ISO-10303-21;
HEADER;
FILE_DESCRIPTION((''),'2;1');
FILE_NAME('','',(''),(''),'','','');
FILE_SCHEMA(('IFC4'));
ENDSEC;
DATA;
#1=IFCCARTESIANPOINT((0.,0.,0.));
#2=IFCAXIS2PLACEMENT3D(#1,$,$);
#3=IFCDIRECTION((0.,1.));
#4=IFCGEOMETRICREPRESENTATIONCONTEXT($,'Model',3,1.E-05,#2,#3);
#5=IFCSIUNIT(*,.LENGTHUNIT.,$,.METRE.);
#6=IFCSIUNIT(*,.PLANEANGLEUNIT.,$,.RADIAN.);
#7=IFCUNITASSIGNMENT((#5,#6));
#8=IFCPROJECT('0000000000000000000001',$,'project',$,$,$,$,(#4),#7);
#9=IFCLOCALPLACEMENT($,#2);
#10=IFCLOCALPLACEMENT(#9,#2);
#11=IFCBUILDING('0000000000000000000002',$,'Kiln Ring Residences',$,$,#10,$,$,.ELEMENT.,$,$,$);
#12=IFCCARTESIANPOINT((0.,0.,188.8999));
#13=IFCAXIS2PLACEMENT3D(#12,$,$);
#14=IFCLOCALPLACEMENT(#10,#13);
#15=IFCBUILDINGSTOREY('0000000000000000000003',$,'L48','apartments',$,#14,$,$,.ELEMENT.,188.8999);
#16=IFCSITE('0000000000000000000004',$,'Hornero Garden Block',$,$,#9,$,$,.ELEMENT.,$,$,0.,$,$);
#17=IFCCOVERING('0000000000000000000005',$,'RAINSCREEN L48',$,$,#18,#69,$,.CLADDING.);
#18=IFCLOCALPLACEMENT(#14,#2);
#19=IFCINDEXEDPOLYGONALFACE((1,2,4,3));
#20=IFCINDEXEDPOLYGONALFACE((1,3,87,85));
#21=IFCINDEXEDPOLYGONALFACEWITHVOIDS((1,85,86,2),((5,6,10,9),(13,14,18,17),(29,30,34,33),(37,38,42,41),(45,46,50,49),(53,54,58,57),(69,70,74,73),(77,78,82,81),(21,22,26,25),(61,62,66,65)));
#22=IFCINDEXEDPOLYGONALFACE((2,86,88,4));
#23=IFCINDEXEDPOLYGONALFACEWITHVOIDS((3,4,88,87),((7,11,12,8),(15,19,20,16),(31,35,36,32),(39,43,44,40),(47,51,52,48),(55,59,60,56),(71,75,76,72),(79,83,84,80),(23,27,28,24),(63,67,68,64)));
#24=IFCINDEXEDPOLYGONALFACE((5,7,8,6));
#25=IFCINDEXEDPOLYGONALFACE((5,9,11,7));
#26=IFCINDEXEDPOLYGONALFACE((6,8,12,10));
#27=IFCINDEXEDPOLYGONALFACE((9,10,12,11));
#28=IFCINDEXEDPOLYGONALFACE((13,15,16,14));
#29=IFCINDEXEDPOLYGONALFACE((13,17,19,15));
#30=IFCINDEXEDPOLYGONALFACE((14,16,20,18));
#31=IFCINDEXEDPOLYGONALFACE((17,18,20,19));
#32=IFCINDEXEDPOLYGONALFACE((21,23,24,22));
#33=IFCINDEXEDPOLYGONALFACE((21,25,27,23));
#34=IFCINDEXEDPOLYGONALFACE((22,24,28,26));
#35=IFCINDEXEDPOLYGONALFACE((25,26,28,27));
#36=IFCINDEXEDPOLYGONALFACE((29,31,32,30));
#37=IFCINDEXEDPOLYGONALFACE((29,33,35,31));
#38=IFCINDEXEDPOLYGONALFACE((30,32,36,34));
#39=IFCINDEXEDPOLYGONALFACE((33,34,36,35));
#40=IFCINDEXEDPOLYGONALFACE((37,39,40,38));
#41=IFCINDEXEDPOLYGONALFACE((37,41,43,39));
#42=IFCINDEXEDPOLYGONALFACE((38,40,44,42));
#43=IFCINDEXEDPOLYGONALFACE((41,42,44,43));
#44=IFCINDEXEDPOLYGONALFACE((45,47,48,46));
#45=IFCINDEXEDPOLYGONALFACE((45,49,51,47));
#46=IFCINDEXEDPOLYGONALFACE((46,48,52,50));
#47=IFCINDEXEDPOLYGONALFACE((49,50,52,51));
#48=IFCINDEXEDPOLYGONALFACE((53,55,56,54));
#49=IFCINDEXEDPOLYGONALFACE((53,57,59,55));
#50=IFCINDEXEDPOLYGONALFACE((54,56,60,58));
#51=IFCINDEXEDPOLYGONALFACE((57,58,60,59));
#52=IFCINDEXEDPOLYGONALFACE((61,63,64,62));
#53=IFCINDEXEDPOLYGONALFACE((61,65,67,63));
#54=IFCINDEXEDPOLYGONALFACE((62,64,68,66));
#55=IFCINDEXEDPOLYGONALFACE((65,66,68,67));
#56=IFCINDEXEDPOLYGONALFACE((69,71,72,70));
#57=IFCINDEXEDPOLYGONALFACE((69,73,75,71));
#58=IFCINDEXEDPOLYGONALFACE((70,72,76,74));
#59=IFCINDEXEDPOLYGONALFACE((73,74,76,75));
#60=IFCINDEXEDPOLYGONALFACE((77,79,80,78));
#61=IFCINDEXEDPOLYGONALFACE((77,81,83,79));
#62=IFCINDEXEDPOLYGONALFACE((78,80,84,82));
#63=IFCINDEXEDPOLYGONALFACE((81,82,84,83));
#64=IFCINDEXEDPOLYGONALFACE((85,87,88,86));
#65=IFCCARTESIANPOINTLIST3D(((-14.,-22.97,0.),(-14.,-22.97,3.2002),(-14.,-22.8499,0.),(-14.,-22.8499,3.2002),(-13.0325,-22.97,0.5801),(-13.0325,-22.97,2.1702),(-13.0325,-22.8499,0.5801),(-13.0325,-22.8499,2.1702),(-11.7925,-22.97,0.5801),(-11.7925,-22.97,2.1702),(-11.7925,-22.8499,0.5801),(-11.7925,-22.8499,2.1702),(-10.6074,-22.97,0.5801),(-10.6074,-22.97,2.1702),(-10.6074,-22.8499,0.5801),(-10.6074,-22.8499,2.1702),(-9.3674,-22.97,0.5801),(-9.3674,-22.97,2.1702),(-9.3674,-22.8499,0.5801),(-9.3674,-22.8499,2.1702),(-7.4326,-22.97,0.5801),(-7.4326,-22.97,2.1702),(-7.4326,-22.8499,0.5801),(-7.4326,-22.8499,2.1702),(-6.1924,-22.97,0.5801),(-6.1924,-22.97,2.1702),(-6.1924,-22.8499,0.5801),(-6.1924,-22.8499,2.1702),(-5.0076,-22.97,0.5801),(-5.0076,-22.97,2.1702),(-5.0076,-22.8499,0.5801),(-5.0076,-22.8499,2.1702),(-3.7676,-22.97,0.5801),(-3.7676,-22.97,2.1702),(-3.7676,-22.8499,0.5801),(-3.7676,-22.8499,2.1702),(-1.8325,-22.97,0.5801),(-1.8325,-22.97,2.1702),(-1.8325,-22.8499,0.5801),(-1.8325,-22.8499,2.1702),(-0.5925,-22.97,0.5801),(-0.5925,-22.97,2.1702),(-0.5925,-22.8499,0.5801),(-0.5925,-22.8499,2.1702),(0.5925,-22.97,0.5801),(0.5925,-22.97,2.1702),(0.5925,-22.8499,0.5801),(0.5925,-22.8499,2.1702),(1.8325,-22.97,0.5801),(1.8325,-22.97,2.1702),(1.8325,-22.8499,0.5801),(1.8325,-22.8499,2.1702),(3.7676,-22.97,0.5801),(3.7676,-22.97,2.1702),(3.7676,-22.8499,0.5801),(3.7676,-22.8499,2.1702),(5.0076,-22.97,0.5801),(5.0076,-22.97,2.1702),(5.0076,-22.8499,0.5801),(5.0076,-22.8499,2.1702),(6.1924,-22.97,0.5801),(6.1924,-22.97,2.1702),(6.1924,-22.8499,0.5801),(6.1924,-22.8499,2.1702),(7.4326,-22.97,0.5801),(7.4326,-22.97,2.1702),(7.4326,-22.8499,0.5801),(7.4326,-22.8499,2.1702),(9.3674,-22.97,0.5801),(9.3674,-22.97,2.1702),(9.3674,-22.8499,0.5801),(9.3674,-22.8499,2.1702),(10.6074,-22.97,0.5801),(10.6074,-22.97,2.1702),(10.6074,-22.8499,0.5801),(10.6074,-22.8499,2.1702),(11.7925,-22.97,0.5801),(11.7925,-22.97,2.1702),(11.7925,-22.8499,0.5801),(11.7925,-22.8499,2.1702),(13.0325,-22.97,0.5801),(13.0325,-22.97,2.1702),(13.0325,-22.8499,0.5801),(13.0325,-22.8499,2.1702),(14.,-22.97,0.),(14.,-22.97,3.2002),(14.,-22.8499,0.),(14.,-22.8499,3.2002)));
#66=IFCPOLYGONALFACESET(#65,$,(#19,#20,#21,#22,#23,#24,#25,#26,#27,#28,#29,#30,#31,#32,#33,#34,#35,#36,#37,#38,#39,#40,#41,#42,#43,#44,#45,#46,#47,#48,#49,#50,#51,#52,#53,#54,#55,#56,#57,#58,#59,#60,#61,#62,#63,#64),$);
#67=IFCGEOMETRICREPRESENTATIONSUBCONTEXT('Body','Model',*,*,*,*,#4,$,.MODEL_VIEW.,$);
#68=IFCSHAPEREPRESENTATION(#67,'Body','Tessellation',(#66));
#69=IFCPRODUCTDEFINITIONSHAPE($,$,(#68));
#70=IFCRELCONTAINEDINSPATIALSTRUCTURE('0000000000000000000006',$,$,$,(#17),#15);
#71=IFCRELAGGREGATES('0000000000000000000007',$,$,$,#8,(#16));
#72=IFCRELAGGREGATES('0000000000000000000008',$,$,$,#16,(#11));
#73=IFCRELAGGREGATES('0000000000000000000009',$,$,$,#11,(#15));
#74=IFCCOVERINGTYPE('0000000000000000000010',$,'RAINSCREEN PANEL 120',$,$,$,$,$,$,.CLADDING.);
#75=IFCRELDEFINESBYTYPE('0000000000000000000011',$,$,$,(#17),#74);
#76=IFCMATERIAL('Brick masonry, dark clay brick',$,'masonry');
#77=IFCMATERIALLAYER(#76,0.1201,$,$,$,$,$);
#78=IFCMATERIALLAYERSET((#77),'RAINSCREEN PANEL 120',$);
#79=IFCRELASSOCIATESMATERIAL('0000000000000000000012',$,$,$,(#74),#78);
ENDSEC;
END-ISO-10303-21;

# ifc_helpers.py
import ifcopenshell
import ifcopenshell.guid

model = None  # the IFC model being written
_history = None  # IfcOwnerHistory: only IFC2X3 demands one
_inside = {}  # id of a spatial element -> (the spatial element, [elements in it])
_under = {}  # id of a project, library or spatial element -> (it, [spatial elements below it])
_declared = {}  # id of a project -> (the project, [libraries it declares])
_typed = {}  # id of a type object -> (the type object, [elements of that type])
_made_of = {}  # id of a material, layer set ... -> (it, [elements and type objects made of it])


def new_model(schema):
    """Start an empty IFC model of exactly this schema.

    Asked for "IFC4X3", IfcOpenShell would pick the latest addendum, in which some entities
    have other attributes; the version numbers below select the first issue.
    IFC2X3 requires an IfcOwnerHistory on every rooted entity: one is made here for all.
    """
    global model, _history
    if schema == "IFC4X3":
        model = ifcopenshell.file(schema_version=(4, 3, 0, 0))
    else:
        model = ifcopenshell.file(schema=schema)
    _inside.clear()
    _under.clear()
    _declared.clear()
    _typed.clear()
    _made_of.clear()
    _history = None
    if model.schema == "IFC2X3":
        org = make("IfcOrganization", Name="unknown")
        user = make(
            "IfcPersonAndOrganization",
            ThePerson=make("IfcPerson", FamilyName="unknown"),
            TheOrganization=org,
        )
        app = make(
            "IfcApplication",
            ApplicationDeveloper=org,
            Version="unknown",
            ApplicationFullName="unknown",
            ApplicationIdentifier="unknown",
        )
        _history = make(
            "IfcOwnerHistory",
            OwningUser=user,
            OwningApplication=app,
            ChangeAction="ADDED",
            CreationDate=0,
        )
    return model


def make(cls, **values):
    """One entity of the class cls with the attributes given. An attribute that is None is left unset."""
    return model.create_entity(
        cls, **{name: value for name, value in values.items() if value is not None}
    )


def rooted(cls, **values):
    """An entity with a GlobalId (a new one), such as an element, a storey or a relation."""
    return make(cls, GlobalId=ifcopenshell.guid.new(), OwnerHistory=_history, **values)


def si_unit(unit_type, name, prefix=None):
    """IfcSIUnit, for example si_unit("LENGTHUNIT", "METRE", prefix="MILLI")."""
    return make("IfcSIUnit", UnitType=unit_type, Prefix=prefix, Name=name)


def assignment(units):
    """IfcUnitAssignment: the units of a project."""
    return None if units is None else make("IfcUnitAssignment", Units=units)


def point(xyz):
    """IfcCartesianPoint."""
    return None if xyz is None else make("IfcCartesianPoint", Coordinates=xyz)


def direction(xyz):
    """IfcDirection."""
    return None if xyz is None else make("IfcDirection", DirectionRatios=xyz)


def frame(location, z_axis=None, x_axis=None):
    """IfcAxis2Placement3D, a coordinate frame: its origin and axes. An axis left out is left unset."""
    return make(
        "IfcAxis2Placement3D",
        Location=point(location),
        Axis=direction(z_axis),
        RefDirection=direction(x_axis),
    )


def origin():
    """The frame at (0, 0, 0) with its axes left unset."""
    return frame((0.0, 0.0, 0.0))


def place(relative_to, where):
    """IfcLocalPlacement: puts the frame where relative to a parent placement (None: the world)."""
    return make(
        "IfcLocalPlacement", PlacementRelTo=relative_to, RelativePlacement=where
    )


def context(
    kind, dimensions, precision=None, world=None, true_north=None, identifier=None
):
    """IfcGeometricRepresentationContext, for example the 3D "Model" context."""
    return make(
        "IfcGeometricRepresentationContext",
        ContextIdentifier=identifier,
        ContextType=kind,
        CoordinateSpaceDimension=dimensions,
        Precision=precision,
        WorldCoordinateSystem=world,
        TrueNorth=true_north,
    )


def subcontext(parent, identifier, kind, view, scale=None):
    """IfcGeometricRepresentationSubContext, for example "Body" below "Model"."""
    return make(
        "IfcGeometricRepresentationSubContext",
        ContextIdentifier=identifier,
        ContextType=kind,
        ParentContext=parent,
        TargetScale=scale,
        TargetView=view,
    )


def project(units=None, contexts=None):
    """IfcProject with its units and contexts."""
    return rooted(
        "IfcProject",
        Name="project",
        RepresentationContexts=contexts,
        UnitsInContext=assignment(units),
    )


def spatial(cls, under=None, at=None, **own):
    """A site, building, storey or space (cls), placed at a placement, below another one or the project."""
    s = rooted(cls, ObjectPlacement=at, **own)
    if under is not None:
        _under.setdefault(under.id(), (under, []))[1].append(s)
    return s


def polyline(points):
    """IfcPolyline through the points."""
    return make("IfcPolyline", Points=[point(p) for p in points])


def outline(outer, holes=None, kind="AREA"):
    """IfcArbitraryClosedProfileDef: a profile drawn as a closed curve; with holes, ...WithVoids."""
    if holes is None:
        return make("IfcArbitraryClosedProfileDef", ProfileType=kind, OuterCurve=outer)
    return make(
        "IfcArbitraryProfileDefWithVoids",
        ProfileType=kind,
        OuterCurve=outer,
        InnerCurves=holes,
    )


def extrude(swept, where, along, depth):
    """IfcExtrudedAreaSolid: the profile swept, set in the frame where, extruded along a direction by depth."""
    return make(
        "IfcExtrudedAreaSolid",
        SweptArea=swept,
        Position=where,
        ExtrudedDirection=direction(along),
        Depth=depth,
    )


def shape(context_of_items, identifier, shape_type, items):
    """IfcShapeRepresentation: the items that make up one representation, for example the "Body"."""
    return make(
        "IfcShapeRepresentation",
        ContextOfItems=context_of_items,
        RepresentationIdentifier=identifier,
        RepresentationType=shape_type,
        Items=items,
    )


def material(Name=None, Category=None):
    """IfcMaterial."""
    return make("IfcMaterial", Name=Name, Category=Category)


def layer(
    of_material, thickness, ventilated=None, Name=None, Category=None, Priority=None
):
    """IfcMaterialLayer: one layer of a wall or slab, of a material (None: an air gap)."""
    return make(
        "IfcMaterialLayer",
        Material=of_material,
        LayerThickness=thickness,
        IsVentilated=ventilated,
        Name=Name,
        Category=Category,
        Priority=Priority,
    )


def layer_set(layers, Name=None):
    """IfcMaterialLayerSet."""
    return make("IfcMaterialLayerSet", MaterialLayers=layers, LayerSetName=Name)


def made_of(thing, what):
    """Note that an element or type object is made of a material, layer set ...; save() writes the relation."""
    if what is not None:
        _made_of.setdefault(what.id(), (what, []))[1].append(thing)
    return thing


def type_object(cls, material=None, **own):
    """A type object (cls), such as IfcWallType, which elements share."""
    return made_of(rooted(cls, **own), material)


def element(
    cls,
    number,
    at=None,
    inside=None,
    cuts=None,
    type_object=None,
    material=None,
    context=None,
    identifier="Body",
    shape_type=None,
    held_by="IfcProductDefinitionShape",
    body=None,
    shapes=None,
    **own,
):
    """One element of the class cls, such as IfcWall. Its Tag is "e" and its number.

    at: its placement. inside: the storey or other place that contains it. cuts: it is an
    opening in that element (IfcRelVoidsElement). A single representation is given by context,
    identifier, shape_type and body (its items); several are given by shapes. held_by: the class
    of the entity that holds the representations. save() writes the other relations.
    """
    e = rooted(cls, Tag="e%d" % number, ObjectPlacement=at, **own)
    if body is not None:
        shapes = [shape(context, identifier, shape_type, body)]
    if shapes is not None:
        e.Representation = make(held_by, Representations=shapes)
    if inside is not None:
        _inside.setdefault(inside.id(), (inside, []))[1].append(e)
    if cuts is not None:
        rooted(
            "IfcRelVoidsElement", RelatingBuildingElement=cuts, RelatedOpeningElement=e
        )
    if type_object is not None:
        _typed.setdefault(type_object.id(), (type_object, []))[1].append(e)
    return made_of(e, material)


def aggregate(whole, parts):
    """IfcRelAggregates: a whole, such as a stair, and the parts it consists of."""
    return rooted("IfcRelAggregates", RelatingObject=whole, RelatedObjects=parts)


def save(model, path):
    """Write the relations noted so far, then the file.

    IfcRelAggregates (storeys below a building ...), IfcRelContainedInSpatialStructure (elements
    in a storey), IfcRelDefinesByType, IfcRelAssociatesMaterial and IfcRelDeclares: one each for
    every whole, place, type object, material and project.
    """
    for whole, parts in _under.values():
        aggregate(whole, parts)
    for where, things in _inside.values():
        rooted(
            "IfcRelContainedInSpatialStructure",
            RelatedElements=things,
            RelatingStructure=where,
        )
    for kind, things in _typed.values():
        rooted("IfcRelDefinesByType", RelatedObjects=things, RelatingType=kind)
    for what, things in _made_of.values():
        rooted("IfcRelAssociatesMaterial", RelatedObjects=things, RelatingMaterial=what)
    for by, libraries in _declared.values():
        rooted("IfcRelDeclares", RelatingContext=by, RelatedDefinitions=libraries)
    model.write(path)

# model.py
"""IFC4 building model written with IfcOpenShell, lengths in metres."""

from ifc_helpers import new_model, si_unit, direction, frame, origin, place, context, subcontext, project, spatial, polyline, outline, extrude, material, layer, layer_set, type_object, element, save


model = new_model("IFC4")

# Units and contexts
model_context = context("Model", 3, precision=1e-05, world=origin(), true_north=direction((0.0, 1.0)))
body_context = subcontext(model_context, "Body", "Model", "MODEL_VIEW")
ifc_project = project(units=[si_unit("LENGTHUNIT", "METRE"), si_unit("PLANEANGLEUNIT", "RADIAN")], contexts=[model_context])

# Site, building, storey
site_placement = place(None, origin())
site = spatial("IfcSite", under=ifc_project, at=site_placement, Name="Hornero Garden Block", CompositionType="ELEMENT", RefElevation=0.0)
building_placement = place(site_placement, origin())
building = spatial("IfcBuilding", under=site, at=building_placement, Name="Kiln Ring Residences", CompositionType="ELEMENT")
storey_placement = place(building_placement, frame((0.0, 0.0, 188.8999)))
storey = spatial("IfcBuildingStorey", under=building, at=storey_placement, Name="L48", Description="apartments", CompositionType="ELEMENT", Elevation=188.8999)

# Covering
ifc_material_1 = material(Name="Brick masonry, dark clay brick", Category="masonry")
ifc_layer_1 = layer(ifc_material_1, 0.1201)
ifc_layer_set_1 = layer_set([ifc_layer_1], Name="RAINSCREEN PANEL 120")
covering_type_1 = type_object("IfcCoveringType", Name="RAINSCREEN PANEL 120", PredefinedType="CLADDING", material=ifc_layer_set_1)
covering_1_placement = place(storey_placement, frame((-14.0, -22.9099, 0.0), z_axis=(0.0, 0.0, 1.0), x_axis=(1.0, 0.0, 0.0)))
element("IfcCovering", 1, at=covering_1_placement, inside=storey, type_object=covering_type_1, Name="RAINSCREEN L48", PredefinedType="CLADDING", context=body_context, shape_type="SweptSolid", body=[
    extrude(outline(polyline([(0.0, 0.0), (28.0, 0.0), (28.0, 3.2002), (0.0, 3.2002), (0.0, 0.0)]), holes=[polyline([(0.9675, 0.5801), (2.2075, 0.5801), (2.2075, 2.1702), (0.9675, 2.1702), (0.9675, 0.5801)]), polyline([(3.3926, 0.5801), (4.6326, 0.5801), (4.6326, 2.1702), (3.3926, 2.1702), (3.3926, 0.5801)]), polyline([(6.5674, 0.5801), (7.8076, 0.5801), (7.8076, 2.1702), (6.5674, 2.1702), (6.5674, 0.5801)]), polyline([(8.9924, 2.1702), (8.9924, 0.5801), (10.2324, 0.5801), (10.2324, 2.1702), (8.9924, 2.1702)]), polyline([(12.1675, 2.1702), (12.1675, 0.5801), (13.4075, 0.5801), (13.4075, 2.1702), (12.1675, 2.1702)]), polyline([(14.5925, 0.5801), (15.8325, 0.5801), (15.8325, 2.1702), (14.5925, 2.1702), (14.5925, 0.5801)]), polyline([(17.7676, 0.5801), (19.0076, 0.5801), (19.0076, 2.1702), (17.7676, 2.1702), (17.7676, 0.5801)]), polyline([(20.1924, 0.5801), (21.4326, 0.5801), (21.4326, 2.1702), (20.1924, 2.1702), (20.1924, 0.5801)]), polyline([(23.3674, 2.1702), (23.3674, 0.5801), (24.6074, 0.5801), (24.6074, 2.1702), (23.3674, 2.1702)]), polyline([(25.7925, 2.1702), (25.7925, 0.5801), (27.0325, 0.5801), (27.0325, 2.1702), (25.7925, 2.1702)])]), frame((0.0, 0.0601, 0.0), z_axis=(0.0, -1.0, 0.0), x_axis=(1.0, 0.0, 0.0)), (0.0, 0.0, 1.0), 0.1201),
])

save(model, "model.ifc")
